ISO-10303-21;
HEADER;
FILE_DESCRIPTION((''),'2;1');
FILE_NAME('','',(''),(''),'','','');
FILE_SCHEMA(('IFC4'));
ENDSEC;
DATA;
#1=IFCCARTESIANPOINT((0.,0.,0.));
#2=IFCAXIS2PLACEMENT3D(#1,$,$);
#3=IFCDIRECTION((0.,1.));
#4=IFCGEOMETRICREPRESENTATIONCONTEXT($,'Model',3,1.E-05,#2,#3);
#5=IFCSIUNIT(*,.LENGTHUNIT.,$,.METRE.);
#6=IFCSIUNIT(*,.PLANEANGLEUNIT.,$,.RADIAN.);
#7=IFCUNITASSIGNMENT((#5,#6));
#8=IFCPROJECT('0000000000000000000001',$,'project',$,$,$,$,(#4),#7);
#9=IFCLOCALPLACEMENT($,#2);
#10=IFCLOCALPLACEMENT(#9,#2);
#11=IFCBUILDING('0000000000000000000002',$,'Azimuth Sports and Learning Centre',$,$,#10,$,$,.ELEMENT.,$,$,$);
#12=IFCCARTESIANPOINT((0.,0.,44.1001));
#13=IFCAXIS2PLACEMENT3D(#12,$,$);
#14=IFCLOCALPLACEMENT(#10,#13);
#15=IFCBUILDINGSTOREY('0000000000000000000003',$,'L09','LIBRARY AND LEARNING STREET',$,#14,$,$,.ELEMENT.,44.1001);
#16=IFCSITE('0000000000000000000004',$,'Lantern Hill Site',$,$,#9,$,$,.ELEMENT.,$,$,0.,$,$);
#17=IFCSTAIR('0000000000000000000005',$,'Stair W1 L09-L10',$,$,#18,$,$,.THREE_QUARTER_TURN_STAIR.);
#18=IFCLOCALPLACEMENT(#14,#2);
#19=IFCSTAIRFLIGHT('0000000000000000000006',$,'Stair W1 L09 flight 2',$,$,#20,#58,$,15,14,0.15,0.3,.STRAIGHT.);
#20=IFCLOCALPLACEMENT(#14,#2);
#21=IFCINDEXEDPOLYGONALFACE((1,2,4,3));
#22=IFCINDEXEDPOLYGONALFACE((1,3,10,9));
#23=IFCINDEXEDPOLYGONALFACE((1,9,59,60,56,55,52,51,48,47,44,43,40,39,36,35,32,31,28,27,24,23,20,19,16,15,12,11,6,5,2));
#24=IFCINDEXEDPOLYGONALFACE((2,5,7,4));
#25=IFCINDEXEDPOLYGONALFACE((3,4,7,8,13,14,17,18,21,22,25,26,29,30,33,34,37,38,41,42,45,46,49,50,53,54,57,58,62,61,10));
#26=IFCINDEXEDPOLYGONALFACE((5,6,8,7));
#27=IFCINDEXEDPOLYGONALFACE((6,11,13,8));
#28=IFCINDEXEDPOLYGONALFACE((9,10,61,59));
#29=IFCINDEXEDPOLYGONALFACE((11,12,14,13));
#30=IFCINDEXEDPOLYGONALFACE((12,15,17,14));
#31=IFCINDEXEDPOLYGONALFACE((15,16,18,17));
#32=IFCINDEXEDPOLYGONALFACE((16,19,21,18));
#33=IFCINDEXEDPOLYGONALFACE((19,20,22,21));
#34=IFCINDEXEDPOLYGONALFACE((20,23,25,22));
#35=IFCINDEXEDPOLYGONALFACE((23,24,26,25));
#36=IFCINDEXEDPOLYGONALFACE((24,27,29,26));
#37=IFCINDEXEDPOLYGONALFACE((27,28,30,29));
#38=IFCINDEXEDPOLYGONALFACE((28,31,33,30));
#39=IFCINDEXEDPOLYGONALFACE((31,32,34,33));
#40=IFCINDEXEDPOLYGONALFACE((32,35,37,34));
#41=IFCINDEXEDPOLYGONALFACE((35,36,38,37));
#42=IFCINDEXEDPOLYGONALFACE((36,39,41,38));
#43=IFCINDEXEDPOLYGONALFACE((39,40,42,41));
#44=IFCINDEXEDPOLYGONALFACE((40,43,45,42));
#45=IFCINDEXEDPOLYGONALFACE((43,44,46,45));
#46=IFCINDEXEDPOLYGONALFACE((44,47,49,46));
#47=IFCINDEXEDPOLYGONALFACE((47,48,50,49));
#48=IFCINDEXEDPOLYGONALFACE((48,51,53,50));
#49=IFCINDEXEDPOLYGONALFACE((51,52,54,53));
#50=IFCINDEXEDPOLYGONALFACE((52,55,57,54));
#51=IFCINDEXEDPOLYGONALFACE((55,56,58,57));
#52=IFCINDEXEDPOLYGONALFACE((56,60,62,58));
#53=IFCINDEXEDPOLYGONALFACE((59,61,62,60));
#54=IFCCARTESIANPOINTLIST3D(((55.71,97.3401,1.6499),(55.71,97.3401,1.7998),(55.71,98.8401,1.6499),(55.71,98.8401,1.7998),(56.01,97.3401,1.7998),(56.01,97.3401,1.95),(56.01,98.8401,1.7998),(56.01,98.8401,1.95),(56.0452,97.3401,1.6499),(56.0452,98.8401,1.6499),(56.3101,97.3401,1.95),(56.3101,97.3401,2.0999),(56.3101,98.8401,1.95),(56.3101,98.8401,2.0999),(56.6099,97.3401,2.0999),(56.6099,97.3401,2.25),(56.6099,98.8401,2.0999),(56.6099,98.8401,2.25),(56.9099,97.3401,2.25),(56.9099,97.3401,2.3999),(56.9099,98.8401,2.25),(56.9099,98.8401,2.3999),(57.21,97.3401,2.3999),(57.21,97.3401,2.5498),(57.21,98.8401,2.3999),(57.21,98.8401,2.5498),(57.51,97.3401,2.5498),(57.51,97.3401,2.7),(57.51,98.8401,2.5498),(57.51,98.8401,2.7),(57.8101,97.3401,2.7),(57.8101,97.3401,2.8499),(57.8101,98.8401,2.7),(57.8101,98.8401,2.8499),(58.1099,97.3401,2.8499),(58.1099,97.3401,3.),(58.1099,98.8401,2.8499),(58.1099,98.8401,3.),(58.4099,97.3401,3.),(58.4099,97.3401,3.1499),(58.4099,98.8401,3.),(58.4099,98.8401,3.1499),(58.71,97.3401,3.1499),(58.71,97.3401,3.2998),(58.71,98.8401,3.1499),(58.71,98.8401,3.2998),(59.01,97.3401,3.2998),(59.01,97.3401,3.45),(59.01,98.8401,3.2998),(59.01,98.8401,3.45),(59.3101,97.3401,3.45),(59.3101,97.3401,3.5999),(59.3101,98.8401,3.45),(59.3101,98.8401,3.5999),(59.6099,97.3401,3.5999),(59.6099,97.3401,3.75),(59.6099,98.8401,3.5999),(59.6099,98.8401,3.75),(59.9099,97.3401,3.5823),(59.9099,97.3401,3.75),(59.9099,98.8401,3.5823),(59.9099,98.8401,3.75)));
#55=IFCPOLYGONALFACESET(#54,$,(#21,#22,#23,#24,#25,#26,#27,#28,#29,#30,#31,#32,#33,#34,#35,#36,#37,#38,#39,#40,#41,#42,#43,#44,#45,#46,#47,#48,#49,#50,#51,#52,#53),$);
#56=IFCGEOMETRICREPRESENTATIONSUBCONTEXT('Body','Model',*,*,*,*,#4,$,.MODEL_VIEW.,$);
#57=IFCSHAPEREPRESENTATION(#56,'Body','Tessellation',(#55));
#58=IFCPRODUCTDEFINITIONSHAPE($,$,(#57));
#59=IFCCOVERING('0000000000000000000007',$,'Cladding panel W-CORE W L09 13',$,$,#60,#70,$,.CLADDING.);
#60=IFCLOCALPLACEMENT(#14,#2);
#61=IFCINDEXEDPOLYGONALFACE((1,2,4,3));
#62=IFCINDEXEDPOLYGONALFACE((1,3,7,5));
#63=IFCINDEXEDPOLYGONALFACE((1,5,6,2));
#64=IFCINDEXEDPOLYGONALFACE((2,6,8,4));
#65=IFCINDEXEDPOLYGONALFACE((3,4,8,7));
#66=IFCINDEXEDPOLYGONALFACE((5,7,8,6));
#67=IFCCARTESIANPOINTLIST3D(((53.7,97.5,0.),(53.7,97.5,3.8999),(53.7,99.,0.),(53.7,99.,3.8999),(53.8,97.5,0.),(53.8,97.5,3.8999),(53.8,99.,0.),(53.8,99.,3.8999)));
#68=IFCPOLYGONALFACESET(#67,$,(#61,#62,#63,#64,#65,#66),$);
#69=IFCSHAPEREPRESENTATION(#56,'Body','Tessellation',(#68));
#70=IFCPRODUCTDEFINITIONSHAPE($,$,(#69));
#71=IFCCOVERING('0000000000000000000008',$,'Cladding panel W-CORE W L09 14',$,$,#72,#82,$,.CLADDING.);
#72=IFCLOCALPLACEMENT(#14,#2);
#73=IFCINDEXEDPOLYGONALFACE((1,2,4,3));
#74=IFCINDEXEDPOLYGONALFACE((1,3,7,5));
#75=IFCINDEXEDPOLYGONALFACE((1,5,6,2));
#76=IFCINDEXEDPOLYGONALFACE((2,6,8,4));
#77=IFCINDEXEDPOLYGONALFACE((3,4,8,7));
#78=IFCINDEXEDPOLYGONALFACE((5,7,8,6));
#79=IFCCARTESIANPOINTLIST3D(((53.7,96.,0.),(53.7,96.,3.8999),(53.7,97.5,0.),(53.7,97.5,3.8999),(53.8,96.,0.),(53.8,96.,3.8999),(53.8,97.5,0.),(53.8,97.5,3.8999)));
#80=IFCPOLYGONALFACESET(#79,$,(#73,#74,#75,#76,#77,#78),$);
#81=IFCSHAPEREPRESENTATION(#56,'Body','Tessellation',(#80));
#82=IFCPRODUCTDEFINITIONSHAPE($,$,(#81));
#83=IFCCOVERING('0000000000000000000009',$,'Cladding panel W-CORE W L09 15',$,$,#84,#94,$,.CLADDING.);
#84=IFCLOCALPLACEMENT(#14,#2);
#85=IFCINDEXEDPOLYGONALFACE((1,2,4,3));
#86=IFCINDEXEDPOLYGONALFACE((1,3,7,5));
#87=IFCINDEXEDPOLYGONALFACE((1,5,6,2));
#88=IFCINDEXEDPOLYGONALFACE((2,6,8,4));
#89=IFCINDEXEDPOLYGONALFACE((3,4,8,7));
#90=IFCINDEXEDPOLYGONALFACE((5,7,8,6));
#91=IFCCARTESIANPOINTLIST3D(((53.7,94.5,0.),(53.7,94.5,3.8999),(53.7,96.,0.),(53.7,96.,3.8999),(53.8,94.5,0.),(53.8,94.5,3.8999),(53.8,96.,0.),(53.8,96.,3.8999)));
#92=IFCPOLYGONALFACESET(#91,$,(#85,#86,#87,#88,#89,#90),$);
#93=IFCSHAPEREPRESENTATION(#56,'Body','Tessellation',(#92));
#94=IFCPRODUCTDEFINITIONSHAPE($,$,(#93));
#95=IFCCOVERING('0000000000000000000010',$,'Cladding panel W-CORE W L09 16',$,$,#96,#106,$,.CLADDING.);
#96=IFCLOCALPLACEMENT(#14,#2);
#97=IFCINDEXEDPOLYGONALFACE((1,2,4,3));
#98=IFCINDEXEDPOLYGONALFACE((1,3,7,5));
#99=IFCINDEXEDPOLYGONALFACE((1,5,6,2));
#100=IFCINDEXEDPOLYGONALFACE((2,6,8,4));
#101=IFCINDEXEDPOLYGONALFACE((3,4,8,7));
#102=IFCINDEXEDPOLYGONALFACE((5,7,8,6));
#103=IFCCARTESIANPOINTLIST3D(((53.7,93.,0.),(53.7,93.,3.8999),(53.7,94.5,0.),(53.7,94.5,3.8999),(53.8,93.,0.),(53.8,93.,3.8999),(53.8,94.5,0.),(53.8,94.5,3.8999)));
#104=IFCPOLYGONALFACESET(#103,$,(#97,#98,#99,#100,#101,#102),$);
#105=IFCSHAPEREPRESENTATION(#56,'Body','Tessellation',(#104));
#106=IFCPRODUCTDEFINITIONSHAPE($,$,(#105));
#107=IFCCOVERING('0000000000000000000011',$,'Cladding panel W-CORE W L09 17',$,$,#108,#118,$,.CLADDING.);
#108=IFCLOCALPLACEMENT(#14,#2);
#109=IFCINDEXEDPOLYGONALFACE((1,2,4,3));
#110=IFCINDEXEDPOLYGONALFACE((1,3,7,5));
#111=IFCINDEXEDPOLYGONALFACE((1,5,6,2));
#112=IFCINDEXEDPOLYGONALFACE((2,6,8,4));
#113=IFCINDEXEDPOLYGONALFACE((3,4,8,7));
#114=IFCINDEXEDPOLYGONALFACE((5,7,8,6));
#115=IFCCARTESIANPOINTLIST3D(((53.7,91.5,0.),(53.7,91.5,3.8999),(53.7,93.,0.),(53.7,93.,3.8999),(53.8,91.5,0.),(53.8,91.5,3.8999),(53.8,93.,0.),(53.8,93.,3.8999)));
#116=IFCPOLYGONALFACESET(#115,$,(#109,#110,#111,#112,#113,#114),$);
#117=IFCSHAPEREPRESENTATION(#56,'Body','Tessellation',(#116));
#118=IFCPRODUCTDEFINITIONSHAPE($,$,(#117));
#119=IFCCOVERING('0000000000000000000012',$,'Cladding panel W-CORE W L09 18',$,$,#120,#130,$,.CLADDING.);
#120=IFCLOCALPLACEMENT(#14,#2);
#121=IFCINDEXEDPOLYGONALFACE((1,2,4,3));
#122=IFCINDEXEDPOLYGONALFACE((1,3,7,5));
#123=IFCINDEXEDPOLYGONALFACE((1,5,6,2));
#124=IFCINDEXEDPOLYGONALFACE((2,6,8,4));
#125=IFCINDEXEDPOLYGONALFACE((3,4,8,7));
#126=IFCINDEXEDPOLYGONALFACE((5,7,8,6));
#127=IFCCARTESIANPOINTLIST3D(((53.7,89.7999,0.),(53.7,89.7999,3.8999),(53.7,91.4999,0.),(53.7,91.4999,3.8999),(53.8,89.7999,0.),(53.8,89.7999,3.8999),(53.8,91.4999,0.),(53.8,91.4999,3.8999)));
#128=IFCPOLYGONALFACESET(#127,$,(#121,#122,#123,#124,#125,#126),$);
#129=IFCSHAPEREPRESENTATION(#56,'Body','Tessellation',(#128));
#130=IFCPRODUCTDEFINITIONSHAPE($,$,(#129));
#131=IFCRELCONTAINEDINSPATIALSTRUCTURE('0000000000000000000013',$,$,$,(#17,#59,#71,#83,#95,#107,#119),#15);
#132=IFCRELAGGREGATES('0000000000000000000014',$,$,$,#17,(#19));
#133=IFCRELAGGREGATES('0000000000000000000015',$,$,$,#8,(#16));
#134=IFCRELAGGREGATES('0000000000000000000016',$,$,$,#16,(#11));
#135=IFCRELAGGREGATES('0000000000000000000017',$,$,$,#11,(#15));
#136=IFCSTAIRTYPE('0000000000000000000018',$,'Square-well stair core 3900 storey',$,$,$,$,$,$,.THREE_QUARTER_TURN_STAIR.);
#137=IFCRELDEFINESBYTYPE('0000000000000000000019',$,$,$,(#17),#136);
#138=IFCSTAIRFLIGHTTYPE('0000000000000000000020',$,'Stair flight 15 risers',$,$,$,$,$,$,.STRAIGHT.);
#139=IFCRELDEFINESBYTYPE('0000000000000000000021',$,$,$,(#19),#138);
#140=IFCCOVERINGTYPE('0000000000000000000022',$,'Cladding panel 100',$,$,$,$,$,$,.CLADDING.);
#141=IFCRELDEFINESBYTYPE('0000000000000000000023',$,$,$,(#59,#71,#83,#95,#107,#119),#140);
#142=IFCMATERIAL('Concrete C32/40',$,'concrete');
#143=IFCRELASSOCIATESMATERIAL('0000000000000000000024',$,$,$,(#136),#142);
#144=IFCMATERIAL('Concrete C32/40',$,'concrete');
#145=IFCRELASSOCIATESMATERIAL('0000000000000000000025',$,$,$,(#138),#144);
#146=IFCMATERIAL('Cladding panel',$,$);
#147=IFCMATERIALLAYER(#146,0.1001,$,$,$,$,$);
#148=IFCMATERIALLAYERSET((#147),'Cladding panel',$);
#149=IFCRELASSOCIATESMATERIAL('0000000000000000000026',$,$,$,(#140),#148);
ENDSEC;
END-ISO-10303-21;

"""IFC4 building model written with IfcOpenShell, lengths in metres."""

from ifc_helpers import new_model, si_unit, direction, frame, origin, origin_2d, place, context, subcontext, project, spatial, polyline, rectangle, outline, extrude, material, layer, layer_set, type_object, element, aggregate, save


model = new_model("IFC4")

# Units and contexts
model_context = context("Model", 3, precision=1e-05, world=origin(), true_north=direction((0.0, 1.0)))
body_context = subcontext(model_context, "Body", "Model", "MODEL_VIEW")
ifc_project = project(units=[si_unit("LENGTHUNIT", "METRE"), si_unit("PLANEANGLEUNIT", "RADIAN")], contexts=[model_context])

# Site, building, storey
site_placement = place(None, origin())
site = spatial("IfcSite", under=ifc_project, at=site_placement, Name="Lantern Hill Site", CompositionType="ELEMENT", RefElevation=0.0)
building_placement = place(site_placement, origin())
building = spatial("IfcBuilding", under=site, at=building_placement, Name="Azimuth Sports and Learning Centre", CompositionType="ELEMENT")
storey_placement = place(building_placement, frame((0.0, 0.0, 44.1001)))
storey = spatial("IfcBuildingStorey", under=building, at=storey_placement, Name="L09", Description="LIBRARY AND LEARNING STREET", CompositionType="ELEMENT", Elevation=44.1001)

# Stair, stair flight
ifc_material_1 = material(Name="Concrete C32/40", Category="concrete")
stair_type = type_object("IfcStairType", Name="Square-well stair core 3900 storey", PredefinedType="THREE_QUARTER_TURN_STAIR", material=ifc_material_1)
stair_placement = place(storey_placement, origin())
stair = element("IfcStair", 1, at=stair_placement, inside=storey, type_object=stair_type, Name="Stair W1 L09-L10", PredefinedType="THREE_QUARTER_TURN_STAIR")
ifc_material_2 = material(Name="Concrete C32/40", Category="concrete")
stair_flight_type_1 = type_object("IfcStairFlightType", Name="Stair flight 15 risers", PredefinedType="STRAIGHT", material=ifc_material_2)
stair_flight_1_placement = place(storey_placement, frame((55.71, 98.0901, 1.6499), z_axis=(0.0, 0.0, 1.0), x_axis=(1.0, 0.0, 0.0)))
stair_flight_1 = element("IfcStairFlight", 2, at=stair_flight_1_placement, type_object=stair_flight_type_1, Name="Stair W1 L09 flight 2", NumberOfRisers=15, NumberOfTreads=14, PredefinedType="STRAIGHT", RiserHeight=0.15, TreadLength=0.3, context=body_context, shape_type="SweptSolid", body=[
    extrude(outline(polyline([(0.0, 0.0), (0.0, 0.1499), (0.3, 0.1499), (0.3, 0.3), (0.6001, 0.3), (0.6001, 0.45), (0.8999, 0.45), (0.8999, 0.6001), (1.2, 0.6001), (1.2, 0.75), (1.5, 0.75), (1.5, 0.8999), (1.8, 0.8999), (1.8, 1.05), (2.1001, 1.05), (2.1001, 1.2), (2.3999, 1.2), (2.3999, 1.3501), (2.7, 1.3501), (2.7, 1.5), (3.0, 1.5), (3.0, 1.6499), (3.3, 1.6499), (3.3, 1.8), (3.6001, 1.8), (3.6001, 1.95), (3.8999, 1.95), (3.8999, 2.1001), (4.2, 2.1001), (4.2, 2.25), (4.2, 1.9324), (0.3352, 0.0), (0.0, 0.0)])), frame((0.0, 0.75, 0.0), z_axis=(0.0, -1.0, 0.0), x_axis=(1.0, 0.0, 0.0)), (0.0, 0.0, 1.0), 1.5),
])
aggregate(stair, [stair_flight_1])

# Coverings
ifc_material_3 = material(Name="Cladding panel")
ifc_layer_1 = layer(ifc_material_3, 0.1001)
ifc_layer_set_1 = layer_set([ifc_layer_1], Name="Cladding panel")
covering_type = type_object("IfcCoveringType", Name="Cladding panel 100", PredefinedType="CLADDING", material=ifc_layer_set_1)
for number, where, z_axis, x_axis, name in (
    (3, (53.75, 98.25, 0.0), (0.0, 0.0, 1.0), (0.0, -1.0, 0.0), "Cladding panel W-CORE W L09 13"),
    (4, (53.75, 96.75, 0.0), (0.0, 0.0, 1.0), (0.0, -1.0, 0.0), "Cladding panel W-CORE W L09 14"),
    (5, (53.75, 95.25, 0.0), (0.0, 0.0, 1.0), (0.0, -1.0, 0.0), "Cladding panel W-CORE W L09 15"),
    (6, (53.75, 93.75, 0.0), (0.0, 0.0, 1.0), (0.0, -1.0, 0.0), "Cladding panel W-CORE W L09 16"),
    (7, (53.75, 92.25, 0.0), (0.0, 0.0, 1.0), (0.0, -1.0, 0.0), "Cladding panel W-CORE W L09 17"),
):
    element("IfcCovering", number, at=place(storey_placement, frame(where, z_axis=z_axis, x_axis=x_axis)), inside=storey, type_object=covering_type, Name=name, PredefinedType="CLADDING", context=body_context, shape_type="SweptSolid", body=[
        extrude(rectangle(XDim=1.5, YDim=0.1001, at=origin_2d()), origin(), (0.0, 0.0, 1.0), 3.8999),
    ])
covering_placement = place(storey_placement, frame((53.75, 90.6499, 0.0), z_axis=(0.0, 0.0, 1.0), x_axis=(0.0, -1.0, 0.0)))
element("IfcCovering", 8, at=covering_placement, inside=storey, type_object=covering_type, Name="Cladding panel W-CORE W L09 18", PredefinedType="CLADDING", context=body_context, shape_type="SweptSolid", body=[
    extrude(rectangle(XDim=1.7, YDim=0.1001, at=origin_2d()), origin(), (0.0, 0.0, 1.0), 3.8999),
])

save(model, "model.ifc")
